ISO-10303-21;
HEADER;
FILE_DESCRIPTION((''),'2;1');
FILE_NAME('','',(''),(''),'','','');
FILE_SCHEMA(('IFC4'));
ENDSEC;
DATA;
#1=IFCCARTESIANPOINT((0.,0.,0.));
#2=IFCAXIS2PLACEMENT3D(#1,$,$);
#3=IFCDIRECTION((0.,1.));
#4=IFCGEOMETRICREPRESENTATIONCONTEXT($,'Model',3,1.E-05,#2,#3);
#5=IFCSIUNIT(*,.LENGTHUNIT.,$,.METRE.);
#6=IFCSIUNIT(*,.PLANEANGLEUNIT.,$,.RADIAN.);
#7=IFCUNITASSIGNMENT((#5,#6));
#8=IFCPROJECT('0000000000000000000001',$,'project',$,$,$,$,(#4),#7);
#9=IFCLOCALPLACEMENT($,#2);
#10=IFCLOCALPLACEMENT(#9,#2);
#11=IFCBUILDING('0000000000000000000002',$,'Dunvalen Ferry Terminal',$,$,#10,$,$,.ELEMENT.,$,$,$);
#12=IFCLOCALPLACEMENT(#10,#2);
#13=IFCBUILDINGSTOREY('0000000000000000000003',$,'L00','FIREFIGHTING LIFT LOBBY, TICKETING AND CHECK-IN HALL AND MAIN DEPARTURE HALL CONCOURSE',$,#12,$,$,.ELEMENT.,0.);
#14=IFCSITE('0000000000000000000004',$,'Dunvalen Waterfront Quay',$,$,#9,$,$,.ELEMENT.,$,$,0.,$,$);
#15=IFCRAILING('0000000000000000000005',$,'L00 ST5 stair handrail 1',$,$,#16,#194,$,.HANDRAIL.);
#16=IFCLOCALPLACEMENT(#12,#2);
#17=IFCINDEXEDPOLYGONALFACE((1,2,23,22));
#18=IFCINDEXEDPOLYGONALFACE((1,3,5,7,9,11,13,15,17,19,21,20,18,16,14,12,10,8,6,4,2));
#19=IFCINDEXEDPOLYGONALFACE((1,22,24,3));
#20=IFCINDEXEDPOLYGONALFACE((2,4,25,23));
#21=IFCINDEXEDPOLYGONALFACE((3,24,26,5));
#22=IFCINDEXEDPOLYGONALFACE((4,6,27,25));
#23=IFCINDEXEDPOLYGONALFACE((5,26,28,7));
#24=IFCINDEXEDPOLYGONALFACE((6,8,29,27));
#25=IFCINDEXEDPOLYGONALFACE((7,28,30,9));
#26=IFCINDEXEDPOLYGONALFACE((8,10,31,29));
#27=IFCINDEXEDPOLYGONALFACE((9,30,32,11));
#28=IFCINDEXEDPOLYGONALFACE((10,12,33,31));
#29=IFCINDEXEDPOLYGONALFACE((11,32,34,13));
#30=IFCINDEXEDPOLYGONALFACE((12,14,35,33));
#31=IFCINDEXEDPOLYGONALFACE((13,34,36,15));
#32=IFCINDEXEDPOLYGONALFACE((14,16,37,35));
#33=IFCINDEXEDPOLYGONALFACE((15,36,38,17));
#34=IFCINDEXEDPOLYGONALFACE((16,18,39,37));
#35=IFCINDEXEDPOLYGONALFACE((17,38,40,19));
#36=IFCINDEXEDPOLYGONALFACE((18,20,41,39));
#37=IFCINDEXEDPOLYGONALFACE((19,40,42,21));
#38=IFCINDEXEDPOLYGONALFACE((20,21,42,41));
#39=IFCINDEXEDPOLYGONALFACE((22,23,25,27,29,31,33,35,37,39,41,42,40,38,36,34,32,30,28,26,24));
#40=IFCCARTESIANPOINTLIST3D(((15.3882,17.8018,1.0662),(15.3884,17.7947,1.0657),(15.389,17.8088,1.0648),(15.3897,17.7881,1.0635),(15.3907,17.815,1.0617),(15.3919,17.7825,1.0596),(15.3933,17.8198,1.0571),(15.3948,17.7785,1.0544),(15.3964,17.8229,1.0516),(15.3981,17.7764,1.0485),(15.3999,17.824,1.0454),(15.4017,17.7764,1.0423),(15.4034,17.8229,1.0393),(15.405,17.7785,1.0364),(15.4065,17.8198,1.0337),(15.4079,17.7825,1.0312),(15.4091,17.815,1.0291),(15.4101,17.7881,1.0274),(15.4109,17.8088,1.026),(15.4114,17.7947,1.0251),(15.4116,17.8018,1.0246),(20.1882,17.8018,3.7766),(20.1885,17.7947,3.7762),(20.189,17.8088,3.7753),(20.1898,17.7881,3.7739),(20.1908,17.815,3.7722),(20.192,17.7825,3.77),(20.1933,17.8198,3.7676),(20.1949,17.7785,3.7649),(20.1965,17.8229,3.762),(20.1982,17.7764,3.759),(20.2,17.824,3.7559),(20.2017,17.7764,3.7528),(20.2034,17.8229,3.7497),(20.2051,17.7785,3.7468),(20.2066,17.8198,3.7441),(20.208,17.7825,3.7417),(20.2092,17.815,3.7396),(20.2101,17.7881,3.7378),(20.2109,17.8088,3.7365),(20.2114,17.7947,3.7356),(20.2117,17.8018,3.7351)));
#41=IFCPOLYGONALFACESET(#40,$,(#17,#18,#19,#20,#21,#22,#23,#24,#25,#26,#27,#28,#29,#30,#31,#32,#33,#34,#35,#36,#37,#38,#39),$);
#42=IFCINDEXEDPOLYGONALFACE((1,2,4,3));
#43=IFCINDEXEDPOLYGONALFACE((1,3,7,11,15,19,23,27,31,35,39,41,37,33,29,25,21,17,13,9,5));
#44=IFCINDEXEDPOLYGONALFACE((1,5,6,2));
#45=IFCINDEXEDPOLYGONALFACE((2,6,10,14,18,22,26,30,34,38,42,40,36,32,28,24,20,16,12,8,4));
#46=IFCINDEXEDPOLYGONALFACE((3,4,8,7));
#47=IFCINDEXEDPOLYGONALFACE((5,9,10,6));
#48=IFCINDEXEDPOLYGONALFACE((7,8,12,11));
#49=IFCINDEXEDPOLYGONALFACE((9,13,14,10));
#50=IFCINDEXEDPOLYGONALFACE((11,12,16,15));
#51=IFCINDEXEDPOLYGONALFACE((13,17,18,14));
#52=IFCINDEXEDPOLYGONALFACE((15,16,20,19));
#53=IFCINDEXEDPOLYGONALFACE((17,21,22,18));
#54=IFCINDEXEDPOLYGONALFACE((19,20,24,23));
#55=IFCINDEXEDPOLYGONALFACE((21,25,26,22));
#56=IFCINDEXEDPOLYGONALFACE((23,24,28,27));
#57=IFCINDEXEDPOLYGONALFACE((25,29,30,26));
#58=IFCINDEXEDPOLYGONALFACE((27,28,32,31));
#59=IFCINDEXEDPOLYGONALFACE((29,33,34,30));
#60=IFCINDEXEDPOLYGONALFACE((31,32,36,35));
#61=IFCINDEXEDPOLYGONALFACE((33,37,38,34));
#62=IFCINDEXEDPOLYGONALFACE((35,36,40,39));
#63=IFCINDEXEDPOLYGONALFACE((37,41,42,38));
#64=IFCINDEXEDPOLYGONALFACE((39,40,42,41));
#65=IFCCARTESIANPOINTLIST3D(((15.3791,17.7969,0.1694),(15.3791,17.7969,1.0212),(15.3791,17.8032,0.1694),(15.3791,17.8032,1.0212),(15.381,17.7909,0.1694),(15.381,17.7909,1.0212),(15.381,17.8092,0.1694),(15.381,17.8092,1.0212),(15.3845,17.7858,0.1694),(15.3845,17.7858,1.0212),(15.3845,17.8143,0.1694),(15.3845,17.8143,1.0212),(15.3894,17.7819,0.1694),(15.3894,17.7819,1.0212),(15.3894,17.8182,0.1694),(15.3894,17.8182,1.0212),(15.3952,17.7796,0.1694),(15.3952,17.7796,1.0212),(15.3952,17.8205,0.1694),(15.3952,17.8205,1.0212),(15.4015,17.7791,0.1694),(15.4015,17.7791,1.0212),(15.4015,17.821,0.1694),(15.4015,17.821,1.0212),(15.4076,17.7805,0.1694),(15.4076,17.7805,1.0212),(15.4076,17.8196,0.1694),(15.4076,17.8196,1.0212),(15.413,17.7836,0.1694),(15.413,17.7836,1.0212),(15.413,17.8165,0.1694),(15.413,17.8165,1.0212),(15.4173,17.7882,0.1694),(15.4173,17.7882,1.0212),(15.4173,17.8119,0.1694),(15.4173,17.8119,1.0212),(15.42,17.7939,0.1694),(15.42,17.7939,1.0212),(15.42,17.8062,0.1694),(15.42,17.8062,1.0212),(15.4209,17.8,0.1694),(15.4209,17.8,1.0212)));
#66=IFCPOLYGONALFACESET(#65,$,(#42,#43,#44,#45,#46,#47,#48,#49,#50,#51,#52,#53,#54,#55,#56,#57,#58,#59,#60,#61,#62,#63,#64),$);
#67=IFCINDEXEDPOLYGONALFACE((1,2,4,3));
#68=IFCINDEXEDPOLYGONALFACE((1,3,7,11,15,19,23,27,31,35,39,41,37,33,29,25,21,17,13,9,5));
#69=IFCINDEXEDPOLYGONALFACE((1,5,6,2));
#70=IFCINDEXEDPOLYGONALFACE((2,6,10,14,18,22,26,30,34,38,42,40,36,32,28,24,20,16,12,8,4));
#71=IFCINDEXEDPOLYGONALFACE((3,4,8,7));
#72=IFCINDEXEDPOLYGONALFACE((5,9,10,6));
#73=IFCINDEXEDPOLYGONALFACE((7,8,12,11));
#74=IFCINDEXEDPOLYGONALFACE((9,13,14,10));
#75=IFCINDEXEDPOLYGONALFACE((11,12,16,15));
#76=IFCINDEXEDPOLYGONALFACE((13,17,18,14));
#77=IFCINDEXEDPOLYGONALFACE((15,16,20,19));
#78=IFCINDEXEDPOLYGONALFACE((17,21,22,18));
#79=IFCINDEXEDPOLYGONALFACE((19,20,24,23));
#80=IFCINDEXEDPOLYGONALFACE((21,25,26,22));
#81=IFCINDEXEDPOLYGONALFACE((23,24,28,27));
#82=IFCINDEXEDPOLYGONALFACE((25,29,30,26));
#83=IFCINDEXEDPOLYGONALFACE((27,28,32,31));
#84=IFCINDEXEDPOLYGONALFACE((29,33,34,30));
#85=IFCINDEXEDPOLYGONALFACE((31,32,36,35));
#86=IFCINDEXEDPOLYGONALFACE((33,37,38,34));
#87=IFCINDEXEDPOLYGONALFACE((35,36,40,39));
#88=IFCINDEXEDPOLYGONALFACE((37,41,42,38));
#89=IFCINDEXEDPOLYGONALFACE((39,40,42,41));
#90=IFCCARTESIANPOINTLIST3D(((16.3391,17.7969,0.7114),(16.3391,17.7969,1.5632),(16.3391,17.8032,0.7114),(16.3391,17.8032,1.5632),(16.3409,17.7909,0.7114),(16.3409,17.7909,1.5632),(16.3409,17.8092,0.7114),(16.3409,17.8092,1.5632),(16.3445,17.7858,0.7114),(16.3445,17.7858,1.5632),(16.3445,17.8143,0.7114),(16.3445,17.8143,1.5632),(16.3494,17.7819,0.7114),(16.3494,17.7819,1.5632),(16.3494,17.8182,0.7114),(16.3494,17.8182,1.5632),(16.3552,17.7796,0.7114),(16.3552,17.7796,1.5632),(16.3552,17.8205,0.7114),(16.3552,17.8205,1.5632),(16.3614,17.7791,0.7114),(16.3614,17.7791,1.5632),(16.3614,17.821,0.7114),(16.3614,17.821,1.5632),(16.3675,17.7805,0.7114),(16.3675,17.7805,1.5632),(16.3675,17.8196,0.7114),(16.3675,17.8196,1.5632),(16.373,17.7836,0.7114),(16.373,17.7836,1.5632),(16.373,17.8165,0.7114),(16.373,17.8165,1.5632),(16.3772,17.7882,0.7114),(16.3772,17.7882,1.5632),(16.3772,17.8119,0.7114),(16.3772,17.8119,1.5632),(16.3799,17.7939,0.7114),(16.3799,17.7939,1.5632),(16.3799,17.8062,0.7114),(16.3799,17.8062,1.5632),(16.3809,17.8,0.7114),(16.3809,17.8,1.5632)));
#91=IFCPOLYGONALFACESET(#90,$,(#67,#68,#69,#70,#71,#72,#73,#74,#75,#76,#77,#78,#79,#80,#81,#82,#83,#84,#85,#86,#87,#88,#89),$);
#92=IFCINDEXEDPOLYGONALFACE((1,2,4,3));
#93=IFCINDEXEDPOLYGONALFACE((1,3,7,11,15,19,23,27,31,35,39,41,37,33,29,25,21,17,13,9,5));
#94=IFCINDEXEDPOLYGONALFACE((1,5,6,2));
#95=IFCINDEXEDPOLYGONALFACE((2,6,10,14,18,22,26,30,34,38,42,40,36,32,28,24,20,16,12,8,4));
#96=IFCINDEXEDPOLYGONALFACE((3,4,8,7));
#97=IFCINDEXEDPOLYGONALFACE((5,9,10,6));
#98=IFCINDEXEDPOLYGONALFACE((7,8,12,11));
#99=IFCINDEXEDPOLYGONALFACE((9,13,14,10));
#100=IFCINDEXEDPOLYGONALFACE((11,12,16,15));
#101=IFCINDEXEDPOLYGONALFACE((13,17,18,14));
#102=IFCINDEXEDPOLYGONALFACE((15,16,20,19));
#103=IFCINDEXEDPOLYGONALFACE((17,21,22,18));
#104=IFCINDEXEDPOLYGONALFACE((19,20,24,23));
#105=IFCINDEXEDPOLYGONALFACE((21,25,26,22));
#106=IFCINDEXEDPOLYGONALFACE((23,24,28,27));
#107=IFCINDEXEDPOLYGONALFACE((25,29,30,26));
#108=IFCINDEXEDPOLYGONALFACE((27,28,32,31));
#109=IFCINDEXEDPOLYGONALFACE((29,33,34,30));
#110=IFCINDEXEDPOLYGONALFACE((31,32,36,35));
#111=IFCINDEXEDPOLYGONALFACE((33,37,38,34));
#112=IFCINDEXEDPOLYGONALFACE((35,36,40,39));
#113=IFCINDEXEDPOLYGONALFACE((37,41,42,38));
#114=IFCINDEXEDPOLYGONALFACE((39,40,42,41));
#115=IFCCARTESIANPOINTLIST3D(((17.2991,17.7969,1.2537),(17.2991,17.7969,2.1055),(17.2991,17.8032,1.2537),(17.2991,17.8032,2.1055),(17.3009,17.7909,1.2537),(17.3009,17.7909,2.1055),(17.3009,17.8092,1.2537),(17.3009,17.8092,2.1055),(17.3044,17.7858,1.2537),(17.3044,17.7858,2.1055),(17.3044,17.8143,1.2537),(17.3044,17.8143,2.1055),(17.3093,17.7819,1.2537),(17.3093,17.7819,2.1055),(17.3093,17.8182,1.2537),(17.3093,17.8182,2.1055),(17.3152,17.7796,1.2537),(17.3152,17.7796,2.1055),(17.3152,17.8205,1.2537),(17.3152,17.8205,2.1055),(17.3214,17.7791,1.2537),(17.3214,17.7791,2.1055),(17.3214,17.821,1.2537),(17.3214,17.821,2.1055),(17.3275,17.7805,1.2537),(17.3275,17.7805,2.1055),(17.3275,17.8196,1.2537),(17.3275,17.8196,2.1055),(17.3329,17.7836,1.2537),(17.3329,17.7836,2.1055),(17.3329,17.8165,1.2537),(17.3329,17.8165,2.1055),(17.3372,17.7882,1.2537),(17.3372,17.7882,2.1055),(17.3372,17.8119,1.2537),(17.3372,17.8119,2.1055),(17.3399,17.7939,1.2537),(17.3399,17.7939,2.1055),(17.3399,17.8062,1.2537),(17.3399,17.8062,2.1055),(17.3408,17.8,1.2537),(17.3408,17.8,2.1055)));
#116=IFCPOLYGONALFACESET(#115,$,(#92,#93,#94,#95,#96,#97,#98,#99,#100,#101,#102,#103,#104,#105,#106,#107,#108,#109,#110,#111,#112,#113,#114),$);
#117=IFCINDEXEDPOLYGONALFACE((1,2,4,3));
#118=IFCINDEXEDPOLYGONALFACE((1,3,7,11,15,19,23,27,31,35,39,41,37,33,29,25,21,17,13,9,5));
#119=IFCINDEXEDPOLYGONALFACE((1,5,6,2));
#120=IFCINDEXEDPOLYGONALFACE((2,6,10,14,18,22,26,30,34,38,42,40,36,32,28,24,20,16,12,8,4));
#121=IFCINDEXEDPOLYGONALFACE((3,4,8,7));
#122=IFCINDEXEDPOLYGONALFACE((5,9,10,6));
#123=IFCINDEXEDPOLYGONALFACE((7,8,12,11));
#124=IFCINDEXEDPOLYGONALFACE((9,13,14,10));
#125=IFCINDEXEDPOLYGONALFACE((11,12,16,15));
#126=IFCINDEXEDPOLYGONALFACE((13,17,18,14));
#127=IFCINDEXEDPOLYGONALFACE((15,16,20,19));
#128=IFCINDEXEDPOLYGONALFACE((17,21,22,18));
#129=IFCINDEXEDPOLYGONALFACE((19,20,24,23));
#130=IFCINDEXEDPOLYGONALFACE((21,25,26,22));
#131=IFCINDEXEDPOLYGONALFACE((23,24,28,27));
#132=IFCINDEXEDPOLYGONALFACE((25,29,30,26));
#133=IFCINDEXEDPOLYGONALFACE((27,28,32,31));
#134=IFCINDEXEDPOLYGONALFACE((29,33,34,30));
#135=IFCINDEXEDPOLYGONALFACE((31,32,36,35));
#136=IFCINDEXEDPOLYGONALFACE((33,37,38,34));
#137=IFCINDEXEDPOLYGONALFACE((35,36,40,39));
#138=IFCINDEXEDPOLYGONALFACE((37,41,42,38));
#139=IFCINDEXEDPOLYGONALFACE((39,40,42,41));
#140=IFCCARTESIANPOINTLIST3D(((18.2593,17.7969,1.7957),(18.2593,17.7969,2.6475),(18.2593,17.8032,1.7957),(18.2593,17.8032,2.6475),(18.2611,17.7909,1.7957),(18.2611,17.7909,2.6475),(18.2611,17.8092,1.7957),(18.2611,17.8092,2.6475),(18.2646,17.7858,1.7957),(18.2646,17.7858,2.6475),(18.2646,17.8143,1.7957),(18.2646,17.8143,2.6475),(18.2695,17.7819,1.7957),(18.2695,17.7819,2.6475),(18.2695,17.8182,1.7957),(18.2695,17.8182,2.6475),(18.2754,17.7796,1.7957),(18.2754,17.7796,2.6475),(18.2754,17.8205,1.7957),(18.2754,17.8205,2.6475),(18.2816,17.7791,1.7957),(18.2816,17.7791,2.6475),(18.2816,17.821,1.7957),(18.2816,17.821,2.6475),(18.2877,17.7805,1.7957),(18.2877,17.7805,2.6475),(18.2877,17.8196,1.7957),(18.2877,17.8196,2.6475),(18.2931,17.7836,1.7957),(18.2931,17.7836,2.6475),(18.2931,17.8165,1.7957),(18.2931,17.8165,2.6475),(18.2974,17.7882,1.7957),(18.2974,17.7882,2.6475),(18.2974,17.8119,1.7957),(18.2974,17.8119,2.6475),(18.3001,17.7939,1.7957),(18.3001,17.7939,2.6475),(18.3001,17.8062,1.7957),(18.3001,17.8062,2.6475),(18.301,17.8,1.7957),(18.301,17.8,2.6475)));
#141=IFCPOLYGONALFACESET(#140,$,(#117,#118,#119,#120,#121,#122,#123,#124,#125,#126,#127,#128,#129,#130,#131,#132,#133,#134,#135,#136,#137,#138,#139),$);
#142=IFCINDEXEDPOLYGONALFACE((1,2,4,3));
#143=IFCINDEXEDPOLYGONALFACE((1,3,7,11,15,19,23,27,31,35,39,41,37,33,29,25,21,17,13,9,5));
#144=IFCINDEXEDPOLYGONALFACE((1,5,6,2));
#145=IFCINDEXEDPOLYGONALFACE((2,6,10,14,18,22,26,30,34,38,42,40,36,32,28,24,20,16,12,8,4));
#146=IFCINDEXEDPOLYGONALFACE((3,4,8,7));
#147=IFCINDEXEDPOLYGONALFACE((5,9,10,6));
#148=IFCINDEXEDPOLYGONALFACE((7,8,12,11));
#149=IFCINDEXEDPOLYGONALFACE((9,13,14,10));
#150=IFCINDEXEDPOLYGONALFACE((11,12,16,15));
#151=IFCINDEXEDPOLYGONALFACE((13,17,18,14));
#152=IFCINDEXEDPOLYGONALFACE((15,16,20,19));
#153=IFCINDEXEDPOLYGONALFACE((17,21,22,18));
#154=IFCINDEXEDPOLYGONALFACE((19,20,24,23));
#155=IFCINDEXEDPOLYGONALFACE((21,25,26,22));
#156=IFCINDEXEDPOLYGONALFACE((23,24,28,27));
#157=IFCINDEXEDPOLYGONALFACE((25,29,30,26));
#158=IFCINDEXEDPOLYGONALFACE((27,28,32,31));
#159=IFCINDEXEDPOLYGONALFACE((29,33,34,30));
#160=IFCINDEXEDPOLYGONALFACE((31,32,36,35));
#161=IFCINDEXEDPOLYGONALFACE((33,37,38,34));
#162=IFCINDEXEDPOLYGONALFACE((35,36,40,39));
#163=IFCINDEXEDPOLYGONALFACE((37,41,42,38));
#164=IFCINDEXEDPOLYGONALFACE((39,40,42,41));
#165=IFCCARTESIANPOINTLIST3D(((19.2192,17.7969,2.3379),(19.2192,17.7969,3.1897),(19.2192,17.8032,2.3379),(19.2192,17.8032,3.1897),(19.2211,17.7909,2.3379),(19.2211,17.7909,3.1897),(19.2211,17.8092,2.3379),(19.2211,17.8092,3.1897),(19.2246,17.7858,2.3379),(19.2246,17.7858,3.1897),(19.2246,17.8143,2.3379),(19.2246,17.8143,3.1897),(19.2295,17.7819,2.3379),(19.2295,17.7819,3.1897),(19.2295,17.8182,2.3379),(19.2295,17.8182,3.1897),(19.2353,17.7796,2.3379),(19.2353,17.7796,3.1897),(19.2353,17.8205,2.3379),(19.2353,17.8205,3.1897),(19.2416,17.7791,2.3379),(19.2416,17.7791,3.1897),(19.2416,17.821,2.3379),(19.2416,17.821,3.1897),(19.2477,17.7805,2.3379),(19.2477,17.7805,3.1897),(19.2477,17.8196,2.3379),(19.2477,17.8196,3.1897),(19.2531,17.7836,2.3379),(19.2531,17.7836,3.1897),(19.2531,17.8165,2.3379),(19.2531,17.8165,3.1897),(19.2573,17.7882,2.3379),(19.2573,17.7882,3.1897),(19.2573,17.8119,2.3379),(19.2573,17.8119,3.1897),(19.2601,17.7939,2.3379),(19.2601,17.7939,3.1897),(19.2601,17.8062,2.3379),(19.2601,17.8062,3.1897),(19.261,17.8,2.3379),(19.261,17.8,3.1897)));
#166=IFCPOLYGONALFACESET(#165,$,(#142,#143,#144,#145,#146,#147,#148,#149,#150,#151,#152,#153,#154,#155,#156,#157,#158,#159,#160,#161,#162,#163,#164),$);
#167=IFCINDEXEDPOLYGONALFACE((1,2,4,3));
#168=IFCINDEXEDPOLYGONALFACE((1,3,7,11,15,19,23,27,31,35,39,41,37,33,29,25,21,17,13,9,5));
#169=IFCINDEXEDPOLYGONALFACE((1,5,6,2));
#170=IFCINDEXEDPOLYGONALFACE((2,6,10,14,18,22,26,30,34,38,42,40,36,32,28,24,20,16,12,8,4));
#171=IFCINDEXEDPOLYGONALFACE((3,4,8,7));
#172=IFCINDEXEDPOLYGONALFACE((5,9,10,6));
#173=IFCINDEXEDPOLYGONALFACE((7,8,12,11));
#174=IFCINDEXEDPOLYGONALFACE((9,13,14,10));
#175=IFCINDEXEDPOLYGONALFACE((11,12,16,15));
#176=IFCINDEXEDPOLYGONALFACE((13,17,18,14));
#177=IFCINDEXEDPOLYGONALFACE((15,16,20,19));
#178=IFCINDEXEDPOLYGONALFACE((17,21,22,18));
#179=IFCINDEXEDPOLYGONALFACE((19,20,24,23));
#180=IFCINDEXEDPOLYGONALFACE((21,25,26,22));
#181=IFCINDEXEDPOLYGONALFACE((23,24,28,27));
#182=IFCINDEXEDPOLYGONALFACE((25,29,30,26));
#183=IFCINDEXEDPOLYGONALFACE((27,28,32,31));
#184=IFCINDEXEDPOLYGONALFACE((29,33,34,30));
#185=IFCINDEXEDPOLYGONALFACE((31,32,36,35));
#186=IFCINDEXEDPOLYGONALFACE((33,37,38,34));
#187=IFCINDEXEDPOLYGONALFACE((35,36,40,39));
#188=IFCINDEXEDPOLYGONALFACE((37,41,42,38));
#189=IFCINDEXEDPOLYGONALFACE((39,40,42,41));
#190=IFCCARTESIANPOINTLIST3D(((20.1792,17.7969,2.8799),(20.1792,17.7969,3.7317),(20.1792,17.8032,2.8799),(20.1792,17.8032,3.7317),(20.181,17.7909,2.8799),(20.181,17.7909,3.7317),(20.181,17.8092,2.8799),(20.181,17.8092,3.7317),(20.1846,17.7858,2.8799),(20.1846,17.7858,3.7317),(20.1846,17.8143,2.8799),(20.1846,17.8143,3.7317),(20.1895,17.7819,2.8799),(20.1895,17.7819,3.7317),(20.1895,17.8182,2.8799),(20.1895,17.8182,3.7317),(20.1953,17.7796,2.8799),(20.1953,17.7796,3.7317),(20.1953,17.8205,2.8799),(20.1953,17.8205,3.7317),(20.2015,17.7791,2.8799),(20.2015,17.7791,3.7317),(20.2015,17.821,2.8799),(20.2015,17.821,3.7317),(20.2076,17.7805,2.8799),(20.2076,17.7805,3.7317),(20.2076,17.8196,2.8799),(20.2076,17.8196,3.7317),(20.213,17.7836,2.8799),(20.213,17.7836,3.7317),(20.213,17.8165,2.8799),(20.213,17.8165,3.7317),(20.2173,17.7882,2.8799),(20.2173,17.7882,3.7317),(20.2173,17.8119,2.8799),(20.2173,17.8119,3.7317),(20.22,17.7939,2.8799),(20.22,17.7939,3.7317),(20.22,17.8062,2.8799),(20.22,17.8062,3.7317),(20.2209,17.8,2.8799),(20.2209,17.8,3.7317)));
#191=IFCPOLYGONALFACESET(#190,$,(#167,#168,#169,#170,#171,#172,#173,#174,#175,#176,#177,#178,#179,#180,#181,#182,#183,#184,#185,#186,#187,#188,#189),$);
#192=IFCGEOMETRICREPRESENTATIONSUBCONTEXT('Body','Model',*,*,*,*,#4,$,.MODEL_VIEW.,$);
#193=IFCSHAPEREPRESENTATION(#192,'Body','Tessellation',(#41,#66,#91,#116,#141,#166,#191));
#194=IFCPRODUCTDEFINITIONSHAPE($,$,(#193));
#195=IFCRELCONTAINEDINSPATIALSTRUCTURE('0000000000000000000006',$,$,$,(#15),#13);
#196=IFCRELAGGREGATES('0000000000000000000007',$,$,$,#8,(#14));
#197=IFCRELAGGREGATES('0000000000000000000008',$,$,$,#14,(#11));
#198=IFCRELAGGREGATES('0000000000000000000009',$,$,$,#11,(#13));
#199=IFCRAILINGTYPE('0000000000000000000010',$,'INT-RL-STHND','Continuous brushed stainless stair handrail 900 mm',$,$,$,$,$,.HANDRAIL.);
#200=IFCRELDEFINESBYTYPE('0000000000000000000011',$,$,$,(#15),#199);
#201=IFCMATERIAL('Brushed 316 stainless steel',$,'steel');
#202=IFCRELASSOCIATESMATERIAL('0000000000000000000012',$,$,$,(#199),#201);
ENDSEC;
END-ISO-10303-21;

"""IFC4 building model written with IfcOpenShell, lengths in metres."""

from ifc_helpers import new_model, si_unit, direction, frame, origin, origin_2d, place, context, subcontext, project, spatial, circle, extrude, material, type_object, element, save


model = new_model("IFC4")

# Units and contexts
model_context = context("Model", 3, precision=1e-05, world=origin(), true_north=direction((0.0, 1.0)))
body_context = subcontext(model_context, "Body", "Model", "MODEL_VIEW")
ifc_project = project(units=[si_unit("LENGTHUNIT", "METRE"), si_unit("PLANEANGLEUNIT", "RADIAN")], contexts=[model_context])

# Site, building, storey
site_placement = place(None, origin())
site = spatial("IfcSite", under=ifc_project, at=site_placement, Name="Dunvalen Waterfront Quay", CompositionType="ELEMENT", RefElevation=0.0)
building_placement = place(site_placement, origin())
building = spatial("IfcBuilding", under=site, at=building_placement, Name="Dunvalen Ferry Terminal", CompositionType="ELEMENT")
storey_placement = place(building_placement, origin())
storey = spatial("IfcBuildingStorey", under=building, at=storey_placement, Name="L00", Description="FIREFIGHTING LIFT LOBBY, TICKETING AND CHECK-IN HALL AND MAIN DEPARTURE HALL CONCOURSE", CompositionType="ELEMENT", Elevation=0.0)

# Railing
ifc_material_1 = material(Name="Brushed 316 stainless steel", Category="steel")
railing_type_1 = type_object("IfcRailingType", Name="INT-RL-STHND", Description="Continuous brushed stainless stair handrail 900 mm", PredefinedType="HANDRAIL", material=ifc_material_1)
railing_1_placement = place(storey_placement, frame((15.3999, 17.8, 0.1694)))
element("IfcRailing", 1, at=railing_1_placement, inside=storey, type_object=railing_type_1, Name="L00 ST5 stair handrail 1", PredefinedType="HANDRAIL", context=body_context, shape_type="SweptSolid", body=[
    extrude(circle(Radius=0.0239, at=origin_2d()), frame((0.0, 0.0, 0.876), z_axis=(0.870767, 0.0, 0.491697), x_axis=(0.0, 1.0, 0.0)), (0.0, 0.0, 1.0), 5.5125),
    extrude(circle(Radius=0.021, at=origin_2d()), origin(), (0.0, 0.0, 1.0), 0.8518),
    extrude(circle(Radius=0.021, at=origin_2d()), frame((0.96, 0.0, 0.542)), (0.0, 0.0, 1.0), 0.8518),
    extrude(circle(Radius=0.021, at=origin_2d()), frame((1.9199, 0.0, 1.0842)), (0.0, 0.0, 1.0), 0.8518),
    extrude(circle(Radius=0.021, at=origin_2d()), frame((2.8801, 0.0, 1.6262)), (0.0, 0.0, 1.0), 0.8518),
    extrude(circle(Radius=0.021, at=origin_2d()), frame((3.8401, 0.0, 2.1685)), (0.0, 0.0, 1.0), 0.8518),
    extrude(circle(Radius=0.021, at=origin_2d()), frame((4.8, 0.0, 2.7104)), (0.0, 0.0, 1.0), 0.8518),
])

save(model, "model.ifc")
